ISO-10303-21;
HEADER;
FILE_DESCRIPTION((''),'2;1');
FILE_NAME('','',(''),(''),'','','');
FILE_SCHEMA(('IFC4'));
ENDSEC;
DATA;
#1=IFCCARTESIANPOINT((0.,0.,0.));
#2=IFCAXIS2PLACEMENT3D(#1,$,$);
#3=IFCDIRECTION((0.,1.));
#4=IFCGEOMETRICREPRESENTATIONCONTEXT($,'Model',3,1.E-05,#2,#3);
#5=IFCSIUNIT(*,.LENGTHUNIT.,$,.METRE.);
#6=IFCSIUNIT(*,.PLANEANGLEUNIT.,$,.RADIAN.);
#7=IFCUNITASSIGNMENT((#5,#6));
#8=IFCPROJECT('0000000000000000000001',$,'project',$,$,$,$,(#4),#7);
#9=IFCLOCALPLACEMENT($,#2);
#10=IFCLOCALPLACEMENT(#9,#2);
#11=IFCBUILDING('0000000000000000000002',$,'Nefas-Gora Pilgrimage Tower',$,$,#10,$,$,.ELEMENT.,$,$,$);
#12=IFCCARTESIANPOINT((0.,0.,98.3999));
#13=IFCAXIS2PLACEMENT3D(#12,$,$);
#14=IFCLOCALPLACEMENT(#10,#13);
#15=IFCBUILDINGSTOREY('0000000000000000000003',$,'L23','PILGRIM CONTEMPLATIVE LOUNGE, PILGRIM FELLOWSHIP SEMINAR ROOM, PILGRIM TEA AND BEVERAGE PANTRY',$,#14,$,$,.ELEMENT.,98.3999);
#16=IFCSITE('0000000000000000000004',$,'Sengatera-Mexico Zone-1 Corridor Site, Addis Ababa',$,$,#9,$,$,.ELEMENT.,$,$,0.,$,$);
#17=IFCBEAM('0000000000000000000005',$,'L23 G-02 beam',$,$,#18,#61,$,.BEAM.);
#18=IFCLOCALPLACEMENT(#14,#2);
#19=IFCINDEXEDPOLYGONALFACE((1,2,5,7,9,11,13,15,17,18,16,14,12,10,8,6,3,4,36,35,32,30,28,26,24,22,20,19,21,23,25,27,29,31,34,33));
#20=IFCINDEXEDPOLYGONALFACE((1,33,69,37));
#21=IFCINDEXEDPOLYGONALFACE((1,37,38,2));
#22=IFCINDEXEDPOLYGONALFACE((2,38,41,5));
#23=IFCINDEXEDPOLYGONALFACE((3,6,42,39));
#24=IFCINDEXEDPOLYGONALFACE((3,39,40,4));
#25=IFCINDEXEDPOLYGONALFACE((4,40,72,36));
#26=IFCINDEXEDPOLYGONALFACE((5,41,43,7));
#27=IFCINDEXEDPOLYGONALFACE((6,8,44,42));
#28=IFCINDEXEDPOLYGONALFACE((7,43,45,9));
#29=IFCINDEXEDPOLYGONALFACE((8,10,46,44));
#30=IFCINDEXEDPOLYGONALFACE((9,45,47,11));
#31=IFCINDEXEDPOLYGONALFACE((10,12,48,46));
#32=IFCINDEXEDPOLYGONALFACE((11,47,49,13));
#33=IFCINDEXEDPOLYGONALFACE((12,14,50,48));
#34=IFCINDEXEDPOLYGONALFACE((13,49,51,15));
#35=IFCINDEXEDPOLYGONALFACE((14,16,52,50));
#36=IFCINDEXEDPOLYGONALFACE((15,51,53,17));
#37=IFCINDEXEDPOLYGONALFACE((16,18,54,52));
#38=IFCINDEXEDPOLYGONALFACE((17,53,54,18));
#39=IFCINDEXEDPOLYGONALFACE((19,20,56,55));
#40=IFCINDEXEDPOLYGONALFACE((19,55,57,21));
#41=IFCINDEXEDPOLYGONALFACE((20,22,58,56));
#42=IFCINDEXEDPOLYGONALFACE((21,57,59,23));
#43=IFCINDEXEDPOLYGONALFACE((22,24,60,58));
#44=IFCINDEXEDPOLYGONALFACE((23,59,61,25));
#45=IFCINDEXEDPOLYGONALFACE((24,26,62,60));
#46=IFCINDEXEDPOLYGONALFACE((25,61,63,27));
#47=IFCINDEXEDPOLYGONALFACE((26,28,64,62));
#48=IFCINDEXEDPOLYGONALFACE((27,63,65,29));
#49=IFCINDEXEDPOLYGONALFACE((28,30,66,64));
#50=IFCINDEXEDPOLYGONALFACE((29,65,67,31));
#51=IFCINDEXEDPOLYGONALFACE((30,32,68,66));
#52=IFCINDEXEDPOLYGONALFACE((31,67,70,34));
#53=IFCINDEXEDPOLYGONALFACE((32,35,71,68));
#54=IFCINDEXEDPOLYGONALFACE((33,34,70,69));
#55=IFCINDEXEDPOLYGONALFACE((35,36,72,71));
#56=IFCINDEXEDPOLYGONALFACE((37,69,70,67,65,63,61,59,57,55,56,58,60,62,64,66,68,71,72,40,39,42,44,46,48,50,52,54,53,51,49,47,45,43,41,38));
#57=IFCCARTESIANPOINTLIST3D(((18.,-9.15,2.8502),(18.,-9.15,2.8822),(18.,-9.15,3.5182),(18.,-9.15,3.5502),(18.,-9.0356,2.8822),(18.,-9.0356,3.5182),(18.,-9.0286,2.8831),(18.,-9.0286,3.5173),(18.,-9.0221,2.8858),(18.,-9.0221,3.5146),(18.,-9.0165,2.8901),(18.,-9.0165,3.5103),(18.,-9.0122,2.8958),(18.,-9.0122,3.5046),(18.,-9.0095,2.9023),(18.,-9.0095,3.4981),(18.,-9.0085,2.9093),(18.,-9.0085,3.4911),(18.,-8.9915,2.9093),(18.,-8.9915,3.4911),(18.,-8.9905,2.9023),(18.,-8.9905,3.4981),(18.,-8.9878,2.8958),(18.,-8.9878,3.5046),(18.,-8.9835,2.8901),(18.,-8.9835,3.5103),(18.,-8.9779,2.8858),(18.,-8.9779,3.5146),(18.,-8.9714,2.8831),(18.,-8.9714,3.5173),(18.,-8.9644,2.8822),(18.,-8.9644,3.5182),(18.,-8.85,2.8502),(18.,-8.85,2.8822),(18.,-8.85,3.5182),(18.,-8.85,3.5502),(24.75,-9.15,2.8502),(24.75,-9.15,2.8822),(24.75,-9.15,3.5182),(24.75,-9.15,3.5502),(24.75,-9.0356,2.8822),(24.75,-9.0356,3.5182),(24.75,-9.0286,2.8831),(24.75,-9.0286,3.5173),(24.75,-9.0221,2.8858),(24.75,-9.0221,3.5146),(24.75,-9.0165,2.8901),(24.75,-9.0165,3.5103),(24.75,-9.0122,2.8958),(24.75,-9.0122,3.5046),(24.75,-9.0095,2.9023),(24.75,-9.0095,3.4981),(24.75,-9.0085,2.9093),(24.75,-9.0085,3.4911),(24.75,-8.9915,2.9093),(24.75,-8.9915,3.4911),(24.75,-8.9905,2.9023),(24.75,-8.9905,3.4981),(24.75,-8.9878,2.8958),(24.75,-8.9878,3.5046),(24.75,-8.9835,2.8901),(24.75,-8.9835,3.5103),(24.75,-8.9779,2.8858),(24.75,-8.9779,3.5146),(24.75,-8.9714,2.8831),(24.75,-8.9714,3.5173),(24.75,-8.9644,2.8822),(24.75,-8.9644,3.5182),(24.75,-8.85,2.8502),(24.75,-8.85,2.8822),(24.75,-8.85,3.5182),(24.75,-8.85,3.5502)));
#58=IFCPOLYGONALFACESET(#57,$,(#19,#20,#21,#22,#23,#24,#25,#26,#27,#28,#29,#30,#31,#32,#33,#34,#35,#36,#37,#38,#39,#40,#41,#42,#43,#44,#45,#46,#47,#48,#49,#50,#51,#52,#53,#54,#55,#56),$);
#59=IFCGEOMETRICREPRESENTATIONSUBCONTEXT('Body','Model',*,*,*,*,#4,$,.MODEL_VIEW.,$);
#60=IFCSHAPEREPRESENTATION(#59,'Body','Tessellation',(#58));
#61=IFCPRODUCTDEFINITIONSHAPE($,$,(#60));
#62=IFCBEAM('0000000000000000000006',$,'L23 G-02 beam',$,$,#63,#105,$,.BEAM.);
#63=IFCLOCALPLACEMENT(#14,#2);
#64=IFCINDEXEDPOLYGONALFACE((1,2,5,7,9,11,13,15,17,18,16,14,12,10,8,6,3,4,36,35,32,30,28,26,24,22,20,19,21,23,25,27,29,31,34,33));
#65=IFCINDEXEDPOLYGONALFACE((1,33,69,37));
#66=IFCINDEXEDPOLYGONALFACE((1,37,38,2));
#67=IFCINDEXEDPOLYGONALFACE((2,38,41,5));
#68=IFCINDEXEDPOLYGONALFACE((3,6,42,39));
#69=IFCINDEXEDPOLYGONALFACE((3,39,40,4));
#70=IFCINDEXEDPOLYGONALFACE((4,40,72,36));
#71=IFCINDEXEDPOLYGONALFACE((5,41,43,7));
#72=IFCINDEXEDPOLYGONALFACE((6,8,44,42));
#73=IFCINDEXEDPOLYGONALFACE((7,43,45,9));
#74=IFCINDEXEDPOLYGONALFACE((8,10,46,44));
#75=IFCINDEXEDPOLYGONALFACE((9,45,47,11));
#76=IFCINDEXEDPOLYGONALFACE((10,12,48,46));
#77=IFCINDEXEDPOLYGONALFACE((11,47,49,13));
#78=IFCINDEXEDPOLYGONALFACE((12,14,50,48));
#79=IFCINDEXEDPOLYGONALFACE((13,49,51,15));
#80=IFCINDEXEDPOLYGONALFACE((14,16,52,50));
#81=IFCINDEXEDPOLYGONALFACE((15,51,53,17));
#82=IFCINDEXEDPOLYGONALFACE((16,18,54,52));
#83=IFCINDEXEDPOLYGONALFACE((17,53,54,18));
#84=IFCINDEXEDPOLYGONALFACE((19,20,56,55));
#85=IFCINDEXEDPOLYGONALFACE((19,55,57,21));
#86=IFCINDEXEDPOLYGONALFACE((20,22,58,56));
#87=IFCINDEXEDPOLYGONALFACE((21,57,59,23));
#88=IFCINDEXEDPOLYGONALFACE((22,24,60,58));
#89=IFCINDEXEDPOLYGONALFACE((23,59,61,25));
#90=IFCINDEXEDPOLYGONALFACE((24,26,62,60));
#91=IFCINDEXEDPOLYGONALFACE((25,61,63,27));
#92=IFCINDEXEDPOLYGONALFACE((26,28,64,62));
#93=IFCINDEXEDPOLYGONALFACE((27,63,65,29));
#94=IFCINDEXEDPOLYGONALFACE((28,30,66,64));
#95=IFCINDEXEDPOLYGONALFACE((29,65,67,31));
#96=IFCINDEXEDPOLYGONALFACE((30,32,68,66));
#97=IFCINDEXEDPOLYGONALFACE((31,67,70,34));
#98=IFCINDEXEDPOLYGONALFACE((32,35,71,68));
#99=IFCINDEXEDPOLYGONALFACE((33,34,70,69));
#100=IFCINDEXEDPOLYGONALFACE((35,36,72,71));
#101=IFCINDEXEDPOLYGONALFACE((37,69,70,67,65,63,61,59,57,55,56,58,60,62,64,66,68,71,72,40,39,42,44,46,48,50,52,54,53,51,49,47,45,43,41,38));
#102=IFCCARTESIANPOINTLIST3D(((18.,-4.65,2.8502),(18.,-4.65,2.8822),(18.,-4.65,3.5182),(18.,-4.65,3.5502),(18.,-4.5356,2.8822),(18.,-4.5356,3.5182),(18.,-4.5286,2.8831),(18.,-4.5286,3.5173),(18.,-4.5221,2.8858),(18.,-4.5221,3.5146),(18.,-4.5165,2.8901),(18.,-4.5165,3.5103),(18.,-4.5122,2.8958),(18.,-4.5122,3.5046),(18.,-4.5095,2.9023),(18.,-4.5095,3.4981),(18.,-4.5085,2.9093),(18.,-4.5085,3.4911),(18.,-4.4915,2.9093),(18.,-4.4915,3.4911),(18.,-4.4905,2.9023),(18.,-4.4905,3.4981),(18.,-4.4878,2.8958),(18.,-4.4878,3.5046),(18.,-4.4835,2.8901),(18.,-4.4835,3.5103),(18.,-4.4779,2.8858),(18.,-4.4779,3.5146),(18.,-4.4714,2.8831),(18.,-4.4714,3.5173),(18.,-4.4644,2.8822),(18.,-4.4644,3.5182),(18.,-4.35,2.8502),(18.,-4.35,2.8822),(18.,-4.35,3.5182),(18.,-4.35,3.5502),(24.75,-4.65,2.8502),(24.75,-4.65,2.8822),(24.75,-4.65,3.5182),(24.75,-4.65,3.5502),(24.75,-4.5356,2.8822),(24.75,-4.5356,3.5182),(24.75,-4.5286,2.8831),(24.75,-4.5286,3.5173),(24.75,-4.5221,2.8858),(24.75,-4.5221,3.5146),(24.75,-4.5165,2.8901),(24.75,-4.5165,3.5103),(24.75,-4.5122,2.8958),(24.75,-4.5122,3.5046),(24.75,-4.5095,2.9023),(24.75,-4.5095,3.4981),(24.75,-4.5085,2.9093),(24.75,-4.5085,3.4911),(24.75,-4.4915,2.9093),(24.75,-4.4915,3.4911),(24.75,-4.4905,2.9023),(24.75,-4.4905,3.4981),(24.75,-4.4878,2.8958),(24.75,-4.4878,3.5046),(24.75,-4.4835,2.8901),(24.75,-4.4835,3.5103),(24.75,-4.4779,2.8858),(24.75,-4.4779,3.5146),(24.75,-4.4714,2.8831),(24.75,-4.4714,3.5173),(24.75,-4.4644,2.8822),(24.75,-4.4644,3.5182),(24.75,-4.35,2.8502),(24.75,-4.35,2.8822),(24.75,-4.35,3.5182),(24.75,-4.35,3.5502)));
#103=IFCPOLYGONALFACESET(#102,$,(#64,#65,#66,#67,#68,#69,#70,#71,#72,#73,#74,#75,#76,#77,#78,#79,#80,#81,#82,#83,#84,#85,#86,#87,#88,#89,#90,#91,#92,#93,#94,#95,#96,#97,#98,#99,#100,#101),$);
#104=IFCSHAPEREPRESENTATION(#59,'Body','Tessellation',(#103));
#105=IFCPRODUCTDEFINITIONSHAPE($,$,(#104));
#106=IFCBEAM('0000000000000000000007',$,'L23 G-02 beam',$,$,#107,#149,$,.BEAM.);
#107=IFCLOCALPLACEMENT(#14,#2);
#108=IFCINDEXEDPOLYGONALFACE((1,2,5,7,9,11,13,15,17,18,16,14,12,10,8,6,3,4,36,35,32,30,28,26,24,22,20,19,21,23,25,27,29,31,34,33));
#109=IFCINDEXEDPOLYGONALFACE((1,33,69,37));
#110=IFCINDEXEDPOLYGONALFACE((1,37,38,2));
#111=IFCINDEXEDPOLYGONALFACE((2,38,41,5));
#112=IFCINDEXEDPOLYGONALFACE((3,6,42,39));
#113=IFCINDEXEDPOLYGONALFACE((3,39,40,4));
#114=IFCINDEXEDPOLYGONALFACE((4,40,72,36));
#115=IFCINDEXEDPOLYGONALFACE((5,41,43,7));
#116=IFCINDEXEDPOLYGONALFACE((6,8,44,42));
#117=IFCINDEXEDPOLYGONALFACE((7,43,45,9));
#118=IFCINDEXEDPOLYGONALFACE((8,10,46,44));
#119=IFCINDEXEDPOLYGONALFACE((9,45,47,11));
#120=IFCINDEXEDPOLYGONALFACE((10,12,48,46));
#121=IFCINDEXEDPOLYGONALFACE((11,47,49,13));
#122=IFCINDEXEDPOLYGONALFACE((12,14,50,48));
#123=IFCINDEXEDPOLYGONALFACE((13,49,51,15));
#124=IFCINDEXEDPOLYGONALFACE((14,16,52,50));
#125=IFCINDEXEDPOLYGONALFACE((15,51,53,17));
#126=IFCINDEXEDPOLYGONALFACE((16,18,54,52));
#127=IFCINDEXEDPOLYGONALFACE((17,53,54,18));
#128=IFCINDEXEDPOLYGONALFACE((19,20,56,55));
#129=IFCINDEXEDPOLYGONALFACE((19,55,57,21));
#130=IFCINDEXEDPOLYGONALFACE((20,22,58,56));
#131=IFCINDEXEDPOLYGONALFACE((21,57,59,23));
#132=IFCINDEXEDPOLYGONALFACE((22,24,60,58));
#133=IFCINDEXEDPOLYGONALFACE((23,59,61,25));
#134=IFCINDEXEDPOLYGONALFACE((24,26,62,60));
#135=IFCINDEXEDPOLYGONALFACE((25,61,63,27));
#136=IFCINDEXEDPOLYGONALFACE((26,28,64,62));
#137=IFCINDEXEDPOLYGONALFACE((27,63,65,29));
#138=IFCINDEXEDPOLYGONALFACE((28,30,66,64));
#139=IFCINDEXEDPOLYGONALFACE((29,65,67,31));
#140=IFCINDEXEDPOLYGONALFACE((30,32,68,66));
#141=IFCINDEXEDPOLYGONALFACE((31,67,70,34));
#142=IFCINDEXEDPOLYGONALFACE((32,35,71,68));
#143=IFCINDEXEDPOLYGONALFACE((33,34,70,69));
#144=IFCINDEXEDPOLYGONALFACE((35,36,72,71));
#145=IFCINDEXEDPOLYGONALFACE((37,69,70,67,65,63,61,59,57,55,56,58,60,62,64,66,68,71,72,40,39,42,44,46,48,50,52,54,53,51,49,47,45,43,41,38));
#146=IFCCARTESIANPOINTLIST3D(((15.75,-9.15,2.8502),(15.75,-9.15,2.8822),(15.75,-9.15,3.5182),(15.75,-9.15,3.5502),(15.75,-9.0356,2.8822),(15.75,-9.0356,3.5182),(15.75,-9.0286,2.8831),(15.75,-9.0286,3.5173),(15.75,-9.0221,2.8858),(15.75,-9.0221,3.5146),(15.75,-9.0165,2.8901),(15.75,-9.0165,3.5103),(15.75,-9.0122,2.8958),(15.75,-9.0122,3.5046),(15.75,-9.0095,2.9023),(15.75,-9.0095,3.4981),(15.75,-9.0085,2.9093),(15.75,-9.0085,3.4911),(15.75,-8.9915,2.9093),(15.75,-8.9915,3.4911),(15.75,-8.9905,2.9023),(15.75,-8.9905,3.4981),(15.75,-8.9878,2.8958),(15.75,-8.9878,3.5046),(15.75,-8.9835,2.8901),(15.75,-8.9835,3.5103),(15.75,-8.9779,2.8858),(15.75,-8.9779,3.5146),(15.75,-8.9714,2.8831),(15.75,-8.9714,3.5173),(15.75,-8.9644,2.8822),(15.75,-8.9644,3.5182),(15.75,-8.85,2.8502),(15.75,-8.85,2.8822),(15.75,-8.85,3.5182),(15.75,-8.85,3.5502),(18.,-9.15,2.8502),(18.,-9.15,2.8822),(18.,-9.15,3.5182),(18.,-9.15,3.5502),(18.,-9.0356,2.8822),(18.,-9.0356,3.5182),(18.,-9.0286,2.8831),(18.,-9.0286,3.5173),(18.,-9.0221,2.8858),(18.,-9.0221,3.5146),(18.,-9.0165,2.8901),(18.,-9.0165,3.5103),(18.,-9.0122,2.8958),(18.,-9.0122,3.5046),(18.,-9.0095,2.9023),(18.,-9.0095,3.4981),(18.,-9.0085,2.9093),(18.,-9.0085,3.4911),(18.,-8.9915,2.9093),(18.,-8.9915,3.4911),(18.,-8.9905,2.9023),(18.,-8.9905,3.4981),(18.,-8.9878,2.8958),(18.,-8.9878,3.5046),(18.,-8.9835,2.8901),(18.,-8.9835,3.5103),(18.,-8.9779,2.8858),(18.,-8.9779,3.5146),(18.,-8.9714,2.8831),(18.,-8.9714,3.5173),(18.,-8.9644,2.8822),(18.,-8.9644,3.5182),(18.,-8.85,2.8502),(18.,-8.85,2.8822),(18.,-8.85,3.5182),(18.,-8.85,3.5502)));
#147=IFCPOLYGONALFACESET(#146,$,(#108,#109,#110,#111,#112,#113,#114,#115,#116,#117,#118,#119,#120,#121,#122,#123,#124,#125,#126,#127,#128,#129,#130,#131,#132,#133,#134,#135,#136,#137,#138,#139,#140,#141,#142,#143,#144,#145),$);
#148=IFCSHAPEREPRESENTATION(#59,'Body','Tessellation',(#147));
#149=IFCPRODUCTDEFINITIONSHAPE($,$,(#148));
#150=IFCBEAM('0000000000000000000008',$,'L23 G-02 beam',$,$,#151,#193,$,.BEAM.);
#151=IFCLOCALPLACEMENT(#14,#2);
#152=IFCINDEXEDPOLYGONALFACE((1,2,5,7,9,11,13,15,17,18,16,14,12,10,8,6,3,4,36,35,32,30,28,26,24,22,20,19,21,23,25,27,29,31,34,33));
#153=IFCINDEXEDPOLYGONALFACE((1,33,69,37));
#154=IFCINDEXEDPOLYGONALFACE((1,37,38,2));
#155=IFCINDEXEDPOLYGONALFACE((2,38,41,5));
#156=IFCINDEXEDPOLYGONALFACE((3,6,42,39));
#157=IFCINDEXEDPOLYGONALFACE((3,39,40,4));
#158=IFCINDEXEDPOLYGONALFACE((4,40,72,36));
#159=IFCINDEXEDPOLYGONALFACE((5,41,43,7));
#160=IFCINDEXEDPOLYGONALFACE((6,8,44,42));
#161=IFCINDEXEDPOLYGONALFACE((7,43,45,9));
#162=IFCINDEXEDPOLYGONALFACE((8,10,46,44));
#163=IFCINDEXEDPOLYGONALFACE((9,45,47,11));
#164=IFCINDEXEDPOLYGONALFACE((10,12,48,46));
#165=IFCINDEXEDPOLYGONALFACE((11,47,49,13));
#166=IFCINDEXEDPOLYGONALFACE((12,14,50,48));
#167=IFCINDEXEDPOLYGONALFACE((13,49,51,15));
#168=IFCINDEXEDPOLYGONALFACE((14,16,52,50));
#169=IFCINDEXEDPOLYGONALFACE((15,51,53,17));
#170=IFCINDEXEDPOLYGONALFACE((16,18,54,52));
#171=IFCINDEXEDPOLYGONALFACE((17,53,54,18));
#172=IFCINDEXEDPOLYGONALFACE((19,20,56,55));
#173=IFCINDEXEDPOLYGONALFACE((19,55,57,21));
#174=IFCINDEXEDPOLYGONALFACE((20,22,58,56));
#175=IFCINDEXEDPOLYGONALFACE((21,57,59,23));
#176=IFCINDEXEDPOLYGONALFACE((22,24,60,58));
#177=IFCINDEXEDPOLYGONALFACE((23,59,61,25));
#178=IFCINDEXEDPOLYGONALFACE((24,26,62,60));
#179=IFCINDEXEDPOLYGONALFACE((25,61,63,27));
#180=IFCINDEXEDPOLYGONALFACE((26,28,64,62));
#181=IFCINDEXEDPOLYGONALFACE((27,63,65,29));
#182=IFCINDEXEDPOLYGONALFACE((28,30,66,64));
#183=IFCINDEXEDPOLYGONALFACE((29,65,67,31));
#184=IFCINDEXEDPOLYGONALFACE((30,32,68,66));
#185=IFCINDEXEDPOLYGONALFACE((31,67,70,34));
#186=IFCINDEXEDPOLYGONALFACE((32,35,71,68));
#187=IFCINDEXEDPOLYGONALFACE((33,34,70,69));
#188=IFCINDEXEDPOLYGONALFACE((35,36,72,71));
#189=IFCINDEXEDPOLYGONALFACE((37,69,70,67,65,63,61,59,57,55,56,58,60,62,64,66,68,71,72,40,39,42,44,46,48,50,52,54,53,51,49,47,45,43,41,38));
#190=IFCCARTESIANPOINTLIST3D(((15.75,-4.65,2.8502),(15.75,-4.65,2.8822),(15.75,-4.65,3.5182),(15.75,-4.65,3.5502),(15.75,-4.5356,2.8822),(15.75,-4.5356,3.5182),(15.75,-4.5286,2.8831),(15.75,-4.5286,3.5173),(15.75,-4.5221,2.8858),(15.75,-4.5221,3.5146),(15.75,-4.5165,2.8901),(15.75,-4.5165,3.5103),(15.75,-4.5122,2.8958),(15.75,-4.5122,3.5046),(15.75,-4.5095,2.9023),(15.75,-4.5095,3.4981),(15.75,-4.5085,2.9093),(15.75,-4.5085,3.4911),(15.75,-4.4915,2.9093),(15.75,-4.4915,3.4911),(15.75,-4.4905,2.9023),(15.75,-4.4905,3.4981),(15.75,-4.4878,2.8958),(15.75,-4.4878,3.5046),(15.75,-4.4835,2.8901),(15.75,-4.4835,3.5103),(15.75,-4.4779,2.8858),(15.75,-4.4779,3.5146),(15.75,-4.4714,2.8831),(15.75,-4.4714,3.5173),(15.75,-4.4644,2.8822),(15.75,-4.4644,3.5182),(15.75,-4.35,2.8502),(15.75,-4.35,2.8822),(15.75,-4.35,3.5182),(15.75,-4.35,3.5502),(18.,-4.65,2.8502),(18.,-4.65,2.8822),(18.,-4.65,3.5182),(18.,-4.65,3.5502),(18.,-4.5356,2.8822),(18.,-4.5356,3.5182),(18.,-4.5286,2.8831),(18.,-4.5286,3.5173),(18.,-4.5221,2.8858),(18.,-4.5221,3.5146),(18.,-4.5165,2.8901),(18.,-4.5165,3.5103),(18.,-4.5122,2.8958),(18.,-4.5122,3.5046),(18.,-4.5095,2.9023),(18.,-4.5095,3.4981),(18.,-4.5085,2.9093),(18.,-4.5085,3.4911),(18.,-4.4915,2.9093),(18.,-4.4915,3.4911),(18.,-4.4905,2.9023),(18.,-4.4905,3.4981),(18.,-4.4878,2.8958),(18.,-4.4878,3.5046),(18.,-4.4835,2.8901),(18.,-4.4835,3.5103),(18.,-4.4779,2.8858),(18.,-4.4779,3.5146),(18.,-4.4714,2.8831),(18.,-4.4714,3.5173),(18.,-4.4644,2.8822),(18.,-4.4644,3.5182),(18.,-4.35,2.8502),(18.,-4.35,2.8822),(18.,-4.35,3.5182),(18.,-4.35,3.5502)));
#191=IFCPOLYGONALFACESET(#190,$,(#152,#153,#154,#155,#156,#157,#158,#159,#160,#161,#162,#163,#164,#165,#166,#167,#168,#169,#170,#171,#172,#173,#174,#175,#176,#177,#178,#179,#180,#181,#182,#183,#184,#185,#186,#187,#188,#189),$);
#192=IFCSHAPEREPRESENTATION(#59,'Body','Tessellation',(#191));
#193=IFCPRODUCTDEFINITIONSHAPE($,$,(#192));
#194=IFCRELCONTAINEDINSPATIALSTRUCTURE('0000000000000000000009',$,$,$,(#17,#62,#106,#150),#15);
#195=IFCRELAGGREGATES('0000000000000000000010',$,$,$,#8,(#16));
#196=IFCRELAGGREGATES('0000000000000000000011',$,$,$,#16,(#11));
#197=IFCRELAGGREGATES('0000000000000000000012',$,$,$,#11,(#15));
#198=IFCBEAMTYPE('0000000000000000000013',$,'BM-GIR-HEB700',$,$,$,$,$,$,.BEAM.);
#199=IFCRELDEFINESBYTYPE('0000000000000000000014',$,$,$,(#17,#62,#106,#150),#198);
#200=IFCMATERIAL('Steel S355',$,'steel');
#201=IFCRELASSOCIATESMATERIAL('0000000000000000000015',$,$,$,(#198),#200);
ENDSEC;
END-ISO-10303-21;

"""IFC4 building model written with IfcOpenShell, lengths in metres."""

from ifc_helpers import new_model, si_unit, direction, frame, origin, origin_2d, place, context, subcontext, project, spatial, i_section, extrude, source, transform, mapped, material, material_profile, profile_set, type_object, element, save


model = new_model("IFC4")

# Units and contexts
model_context = context("Model", 3, precision=1e-05, world=origin(), true_north=direction((0.0, 1.0)))
body_context = subcontext(model_context, "Body", "Model", "MODEL_VIEW")
ifc_project = project(units=[si_unit("LENGTHUNIT", "METRE"), si_unit("PLANEANGLEUNIT", "RADIAN")], contexts=[model_context])

# Site, building, storey
site_placement = place(None, origin())
site = spatial("IfcSite", under=ifc_project, at=site_placement, Name="Sengatera-Mexico Zone-1 Corridor Site, Addis Ababa", CompositionType="ELEMENT", RefElevation=0.0)
building_placement = place(site_placement, origin())
building = spatial("IfcBuilding", under=site, at=building_placement, Name="Nefas-Gora Pilgrimage Tower", CompositionType="ELEMENT")
storey_placement = place(building_placement, frame((0.0, 0.0, 98.3999)))
storey = spatial("IfcBuildingStorey", under=building, at=storey_placement, Name="L23", Description="PILGRIM CONTEMPLATIVE LOUNGE, PILGRIM FELLOWSHIP SEMINAR ROOM, PILGRIM TEA AND BEVERAGE PANTRY", CompositionType="ELEMENT", Elevation=98.3999)

# Beams
ifc_material_1 = material(Name="Steel S355", Category="steel")
ifc_material_profile_1 = material_profile(ifc_material_1, i_section(OverallWidth=0.3, OverallDepth=0.7, WebThickness=0.0171, FlangeThickness=0.032, FilletRadius=0.0271, at=origin_2d()), Name="HEB 700")
ifc_profile_set_1 = profile_set([ifc_material_profile_1], Name="Steel S355")
beam_type_1 = type_object("IfcBeamType", Name="BM-GIR-HEB700", PredefinedType="BEAM", material=ifc_profile_set_1)
shared_shape_1 = source(origin(), body_context, "Body", "SweptSolid", [
    extrude(i_section(OverallWidth=0.3, OverallDepth=0.7, WebThickness=0.0171, FlangeThickness=0.032, FilletRadius=0.0271, at=origin_2d()), origin(), (0.0, 0.0, 1.0), 6.75),
])
for number, where, z_axis, x_axis, name in (
    (1, (18.0, -9.0, 3.2002), (1.0, 0.0, 0.0), (0.0, 1.0, 0.0), "L23 G-02 beam"),
    (2, (18.0, -4.5, 3.2002), (1.0, 0.0, 0.0), (0.0, 1.0, 0.0), "L23 G-02 beam"),
):
    element("IfcBeam", number, at=place(storey_placement, frame(where, z_axis=z_axis, x_axis=x_axis)), inside=storey, type_object=beam_type_1, Name=name, PredefinedType="BEAM", context=body_context, shape_type="MappedRepresentation", body=[
        mapped(shared_shape_1, transform((0.0, 0.0, 0.0), x_axis=(1.0, 0.0, 0.0), y_axis=(0.0, 1.0, 0.0), z_axis=(0.0, 0.0, 1.0), scale=1.0)),
    ])
shared_shape_2 = source(origin(), body_context, "Body", "SweptSolid", [
    extrude(i_section(OverallWidth=0.3, OverallDepth=0.7, WebThickness=0.0171, FlangeThickness=0.032, FilletRadius=0.0271, at=origin_2d()), origin(), (0.0, 0.0, 1.0), 2.25),
])
for number, where, z_axis, x_axis, name in (
    (3, (15.75, -9.0, 3.2002), (1.0, 0.0, 0.0), (0.0, 1.0, 0.0), "L23 G-02 beam"),
    (4, (15.75, -4.5, 3.2002), (1.0, 0.0, 0.0), (0.0, 1.0, 0.0), "L23 G-02 beam"),
):
    element("IfcBeam", number, at=place(storey_placement, frame(where, z_axis=z_axis, x_axis=x_axis)), inside=storey, type_object=beam_type_1, Name=name, PredefinedType="BEAM", context=body_context, shape_type="MappedRepresentation", body=[
        mapped(shared_shape_2, transform((0.0, 0.0, 0.0), x_axis=(1.0, 0.0, 0.0), y_axis=(0.0, 1.0, 0.0), z_axis=(0.0, 0.0, 1.0), scale=1.0)),
    ])

save(model, "model.ifc")
